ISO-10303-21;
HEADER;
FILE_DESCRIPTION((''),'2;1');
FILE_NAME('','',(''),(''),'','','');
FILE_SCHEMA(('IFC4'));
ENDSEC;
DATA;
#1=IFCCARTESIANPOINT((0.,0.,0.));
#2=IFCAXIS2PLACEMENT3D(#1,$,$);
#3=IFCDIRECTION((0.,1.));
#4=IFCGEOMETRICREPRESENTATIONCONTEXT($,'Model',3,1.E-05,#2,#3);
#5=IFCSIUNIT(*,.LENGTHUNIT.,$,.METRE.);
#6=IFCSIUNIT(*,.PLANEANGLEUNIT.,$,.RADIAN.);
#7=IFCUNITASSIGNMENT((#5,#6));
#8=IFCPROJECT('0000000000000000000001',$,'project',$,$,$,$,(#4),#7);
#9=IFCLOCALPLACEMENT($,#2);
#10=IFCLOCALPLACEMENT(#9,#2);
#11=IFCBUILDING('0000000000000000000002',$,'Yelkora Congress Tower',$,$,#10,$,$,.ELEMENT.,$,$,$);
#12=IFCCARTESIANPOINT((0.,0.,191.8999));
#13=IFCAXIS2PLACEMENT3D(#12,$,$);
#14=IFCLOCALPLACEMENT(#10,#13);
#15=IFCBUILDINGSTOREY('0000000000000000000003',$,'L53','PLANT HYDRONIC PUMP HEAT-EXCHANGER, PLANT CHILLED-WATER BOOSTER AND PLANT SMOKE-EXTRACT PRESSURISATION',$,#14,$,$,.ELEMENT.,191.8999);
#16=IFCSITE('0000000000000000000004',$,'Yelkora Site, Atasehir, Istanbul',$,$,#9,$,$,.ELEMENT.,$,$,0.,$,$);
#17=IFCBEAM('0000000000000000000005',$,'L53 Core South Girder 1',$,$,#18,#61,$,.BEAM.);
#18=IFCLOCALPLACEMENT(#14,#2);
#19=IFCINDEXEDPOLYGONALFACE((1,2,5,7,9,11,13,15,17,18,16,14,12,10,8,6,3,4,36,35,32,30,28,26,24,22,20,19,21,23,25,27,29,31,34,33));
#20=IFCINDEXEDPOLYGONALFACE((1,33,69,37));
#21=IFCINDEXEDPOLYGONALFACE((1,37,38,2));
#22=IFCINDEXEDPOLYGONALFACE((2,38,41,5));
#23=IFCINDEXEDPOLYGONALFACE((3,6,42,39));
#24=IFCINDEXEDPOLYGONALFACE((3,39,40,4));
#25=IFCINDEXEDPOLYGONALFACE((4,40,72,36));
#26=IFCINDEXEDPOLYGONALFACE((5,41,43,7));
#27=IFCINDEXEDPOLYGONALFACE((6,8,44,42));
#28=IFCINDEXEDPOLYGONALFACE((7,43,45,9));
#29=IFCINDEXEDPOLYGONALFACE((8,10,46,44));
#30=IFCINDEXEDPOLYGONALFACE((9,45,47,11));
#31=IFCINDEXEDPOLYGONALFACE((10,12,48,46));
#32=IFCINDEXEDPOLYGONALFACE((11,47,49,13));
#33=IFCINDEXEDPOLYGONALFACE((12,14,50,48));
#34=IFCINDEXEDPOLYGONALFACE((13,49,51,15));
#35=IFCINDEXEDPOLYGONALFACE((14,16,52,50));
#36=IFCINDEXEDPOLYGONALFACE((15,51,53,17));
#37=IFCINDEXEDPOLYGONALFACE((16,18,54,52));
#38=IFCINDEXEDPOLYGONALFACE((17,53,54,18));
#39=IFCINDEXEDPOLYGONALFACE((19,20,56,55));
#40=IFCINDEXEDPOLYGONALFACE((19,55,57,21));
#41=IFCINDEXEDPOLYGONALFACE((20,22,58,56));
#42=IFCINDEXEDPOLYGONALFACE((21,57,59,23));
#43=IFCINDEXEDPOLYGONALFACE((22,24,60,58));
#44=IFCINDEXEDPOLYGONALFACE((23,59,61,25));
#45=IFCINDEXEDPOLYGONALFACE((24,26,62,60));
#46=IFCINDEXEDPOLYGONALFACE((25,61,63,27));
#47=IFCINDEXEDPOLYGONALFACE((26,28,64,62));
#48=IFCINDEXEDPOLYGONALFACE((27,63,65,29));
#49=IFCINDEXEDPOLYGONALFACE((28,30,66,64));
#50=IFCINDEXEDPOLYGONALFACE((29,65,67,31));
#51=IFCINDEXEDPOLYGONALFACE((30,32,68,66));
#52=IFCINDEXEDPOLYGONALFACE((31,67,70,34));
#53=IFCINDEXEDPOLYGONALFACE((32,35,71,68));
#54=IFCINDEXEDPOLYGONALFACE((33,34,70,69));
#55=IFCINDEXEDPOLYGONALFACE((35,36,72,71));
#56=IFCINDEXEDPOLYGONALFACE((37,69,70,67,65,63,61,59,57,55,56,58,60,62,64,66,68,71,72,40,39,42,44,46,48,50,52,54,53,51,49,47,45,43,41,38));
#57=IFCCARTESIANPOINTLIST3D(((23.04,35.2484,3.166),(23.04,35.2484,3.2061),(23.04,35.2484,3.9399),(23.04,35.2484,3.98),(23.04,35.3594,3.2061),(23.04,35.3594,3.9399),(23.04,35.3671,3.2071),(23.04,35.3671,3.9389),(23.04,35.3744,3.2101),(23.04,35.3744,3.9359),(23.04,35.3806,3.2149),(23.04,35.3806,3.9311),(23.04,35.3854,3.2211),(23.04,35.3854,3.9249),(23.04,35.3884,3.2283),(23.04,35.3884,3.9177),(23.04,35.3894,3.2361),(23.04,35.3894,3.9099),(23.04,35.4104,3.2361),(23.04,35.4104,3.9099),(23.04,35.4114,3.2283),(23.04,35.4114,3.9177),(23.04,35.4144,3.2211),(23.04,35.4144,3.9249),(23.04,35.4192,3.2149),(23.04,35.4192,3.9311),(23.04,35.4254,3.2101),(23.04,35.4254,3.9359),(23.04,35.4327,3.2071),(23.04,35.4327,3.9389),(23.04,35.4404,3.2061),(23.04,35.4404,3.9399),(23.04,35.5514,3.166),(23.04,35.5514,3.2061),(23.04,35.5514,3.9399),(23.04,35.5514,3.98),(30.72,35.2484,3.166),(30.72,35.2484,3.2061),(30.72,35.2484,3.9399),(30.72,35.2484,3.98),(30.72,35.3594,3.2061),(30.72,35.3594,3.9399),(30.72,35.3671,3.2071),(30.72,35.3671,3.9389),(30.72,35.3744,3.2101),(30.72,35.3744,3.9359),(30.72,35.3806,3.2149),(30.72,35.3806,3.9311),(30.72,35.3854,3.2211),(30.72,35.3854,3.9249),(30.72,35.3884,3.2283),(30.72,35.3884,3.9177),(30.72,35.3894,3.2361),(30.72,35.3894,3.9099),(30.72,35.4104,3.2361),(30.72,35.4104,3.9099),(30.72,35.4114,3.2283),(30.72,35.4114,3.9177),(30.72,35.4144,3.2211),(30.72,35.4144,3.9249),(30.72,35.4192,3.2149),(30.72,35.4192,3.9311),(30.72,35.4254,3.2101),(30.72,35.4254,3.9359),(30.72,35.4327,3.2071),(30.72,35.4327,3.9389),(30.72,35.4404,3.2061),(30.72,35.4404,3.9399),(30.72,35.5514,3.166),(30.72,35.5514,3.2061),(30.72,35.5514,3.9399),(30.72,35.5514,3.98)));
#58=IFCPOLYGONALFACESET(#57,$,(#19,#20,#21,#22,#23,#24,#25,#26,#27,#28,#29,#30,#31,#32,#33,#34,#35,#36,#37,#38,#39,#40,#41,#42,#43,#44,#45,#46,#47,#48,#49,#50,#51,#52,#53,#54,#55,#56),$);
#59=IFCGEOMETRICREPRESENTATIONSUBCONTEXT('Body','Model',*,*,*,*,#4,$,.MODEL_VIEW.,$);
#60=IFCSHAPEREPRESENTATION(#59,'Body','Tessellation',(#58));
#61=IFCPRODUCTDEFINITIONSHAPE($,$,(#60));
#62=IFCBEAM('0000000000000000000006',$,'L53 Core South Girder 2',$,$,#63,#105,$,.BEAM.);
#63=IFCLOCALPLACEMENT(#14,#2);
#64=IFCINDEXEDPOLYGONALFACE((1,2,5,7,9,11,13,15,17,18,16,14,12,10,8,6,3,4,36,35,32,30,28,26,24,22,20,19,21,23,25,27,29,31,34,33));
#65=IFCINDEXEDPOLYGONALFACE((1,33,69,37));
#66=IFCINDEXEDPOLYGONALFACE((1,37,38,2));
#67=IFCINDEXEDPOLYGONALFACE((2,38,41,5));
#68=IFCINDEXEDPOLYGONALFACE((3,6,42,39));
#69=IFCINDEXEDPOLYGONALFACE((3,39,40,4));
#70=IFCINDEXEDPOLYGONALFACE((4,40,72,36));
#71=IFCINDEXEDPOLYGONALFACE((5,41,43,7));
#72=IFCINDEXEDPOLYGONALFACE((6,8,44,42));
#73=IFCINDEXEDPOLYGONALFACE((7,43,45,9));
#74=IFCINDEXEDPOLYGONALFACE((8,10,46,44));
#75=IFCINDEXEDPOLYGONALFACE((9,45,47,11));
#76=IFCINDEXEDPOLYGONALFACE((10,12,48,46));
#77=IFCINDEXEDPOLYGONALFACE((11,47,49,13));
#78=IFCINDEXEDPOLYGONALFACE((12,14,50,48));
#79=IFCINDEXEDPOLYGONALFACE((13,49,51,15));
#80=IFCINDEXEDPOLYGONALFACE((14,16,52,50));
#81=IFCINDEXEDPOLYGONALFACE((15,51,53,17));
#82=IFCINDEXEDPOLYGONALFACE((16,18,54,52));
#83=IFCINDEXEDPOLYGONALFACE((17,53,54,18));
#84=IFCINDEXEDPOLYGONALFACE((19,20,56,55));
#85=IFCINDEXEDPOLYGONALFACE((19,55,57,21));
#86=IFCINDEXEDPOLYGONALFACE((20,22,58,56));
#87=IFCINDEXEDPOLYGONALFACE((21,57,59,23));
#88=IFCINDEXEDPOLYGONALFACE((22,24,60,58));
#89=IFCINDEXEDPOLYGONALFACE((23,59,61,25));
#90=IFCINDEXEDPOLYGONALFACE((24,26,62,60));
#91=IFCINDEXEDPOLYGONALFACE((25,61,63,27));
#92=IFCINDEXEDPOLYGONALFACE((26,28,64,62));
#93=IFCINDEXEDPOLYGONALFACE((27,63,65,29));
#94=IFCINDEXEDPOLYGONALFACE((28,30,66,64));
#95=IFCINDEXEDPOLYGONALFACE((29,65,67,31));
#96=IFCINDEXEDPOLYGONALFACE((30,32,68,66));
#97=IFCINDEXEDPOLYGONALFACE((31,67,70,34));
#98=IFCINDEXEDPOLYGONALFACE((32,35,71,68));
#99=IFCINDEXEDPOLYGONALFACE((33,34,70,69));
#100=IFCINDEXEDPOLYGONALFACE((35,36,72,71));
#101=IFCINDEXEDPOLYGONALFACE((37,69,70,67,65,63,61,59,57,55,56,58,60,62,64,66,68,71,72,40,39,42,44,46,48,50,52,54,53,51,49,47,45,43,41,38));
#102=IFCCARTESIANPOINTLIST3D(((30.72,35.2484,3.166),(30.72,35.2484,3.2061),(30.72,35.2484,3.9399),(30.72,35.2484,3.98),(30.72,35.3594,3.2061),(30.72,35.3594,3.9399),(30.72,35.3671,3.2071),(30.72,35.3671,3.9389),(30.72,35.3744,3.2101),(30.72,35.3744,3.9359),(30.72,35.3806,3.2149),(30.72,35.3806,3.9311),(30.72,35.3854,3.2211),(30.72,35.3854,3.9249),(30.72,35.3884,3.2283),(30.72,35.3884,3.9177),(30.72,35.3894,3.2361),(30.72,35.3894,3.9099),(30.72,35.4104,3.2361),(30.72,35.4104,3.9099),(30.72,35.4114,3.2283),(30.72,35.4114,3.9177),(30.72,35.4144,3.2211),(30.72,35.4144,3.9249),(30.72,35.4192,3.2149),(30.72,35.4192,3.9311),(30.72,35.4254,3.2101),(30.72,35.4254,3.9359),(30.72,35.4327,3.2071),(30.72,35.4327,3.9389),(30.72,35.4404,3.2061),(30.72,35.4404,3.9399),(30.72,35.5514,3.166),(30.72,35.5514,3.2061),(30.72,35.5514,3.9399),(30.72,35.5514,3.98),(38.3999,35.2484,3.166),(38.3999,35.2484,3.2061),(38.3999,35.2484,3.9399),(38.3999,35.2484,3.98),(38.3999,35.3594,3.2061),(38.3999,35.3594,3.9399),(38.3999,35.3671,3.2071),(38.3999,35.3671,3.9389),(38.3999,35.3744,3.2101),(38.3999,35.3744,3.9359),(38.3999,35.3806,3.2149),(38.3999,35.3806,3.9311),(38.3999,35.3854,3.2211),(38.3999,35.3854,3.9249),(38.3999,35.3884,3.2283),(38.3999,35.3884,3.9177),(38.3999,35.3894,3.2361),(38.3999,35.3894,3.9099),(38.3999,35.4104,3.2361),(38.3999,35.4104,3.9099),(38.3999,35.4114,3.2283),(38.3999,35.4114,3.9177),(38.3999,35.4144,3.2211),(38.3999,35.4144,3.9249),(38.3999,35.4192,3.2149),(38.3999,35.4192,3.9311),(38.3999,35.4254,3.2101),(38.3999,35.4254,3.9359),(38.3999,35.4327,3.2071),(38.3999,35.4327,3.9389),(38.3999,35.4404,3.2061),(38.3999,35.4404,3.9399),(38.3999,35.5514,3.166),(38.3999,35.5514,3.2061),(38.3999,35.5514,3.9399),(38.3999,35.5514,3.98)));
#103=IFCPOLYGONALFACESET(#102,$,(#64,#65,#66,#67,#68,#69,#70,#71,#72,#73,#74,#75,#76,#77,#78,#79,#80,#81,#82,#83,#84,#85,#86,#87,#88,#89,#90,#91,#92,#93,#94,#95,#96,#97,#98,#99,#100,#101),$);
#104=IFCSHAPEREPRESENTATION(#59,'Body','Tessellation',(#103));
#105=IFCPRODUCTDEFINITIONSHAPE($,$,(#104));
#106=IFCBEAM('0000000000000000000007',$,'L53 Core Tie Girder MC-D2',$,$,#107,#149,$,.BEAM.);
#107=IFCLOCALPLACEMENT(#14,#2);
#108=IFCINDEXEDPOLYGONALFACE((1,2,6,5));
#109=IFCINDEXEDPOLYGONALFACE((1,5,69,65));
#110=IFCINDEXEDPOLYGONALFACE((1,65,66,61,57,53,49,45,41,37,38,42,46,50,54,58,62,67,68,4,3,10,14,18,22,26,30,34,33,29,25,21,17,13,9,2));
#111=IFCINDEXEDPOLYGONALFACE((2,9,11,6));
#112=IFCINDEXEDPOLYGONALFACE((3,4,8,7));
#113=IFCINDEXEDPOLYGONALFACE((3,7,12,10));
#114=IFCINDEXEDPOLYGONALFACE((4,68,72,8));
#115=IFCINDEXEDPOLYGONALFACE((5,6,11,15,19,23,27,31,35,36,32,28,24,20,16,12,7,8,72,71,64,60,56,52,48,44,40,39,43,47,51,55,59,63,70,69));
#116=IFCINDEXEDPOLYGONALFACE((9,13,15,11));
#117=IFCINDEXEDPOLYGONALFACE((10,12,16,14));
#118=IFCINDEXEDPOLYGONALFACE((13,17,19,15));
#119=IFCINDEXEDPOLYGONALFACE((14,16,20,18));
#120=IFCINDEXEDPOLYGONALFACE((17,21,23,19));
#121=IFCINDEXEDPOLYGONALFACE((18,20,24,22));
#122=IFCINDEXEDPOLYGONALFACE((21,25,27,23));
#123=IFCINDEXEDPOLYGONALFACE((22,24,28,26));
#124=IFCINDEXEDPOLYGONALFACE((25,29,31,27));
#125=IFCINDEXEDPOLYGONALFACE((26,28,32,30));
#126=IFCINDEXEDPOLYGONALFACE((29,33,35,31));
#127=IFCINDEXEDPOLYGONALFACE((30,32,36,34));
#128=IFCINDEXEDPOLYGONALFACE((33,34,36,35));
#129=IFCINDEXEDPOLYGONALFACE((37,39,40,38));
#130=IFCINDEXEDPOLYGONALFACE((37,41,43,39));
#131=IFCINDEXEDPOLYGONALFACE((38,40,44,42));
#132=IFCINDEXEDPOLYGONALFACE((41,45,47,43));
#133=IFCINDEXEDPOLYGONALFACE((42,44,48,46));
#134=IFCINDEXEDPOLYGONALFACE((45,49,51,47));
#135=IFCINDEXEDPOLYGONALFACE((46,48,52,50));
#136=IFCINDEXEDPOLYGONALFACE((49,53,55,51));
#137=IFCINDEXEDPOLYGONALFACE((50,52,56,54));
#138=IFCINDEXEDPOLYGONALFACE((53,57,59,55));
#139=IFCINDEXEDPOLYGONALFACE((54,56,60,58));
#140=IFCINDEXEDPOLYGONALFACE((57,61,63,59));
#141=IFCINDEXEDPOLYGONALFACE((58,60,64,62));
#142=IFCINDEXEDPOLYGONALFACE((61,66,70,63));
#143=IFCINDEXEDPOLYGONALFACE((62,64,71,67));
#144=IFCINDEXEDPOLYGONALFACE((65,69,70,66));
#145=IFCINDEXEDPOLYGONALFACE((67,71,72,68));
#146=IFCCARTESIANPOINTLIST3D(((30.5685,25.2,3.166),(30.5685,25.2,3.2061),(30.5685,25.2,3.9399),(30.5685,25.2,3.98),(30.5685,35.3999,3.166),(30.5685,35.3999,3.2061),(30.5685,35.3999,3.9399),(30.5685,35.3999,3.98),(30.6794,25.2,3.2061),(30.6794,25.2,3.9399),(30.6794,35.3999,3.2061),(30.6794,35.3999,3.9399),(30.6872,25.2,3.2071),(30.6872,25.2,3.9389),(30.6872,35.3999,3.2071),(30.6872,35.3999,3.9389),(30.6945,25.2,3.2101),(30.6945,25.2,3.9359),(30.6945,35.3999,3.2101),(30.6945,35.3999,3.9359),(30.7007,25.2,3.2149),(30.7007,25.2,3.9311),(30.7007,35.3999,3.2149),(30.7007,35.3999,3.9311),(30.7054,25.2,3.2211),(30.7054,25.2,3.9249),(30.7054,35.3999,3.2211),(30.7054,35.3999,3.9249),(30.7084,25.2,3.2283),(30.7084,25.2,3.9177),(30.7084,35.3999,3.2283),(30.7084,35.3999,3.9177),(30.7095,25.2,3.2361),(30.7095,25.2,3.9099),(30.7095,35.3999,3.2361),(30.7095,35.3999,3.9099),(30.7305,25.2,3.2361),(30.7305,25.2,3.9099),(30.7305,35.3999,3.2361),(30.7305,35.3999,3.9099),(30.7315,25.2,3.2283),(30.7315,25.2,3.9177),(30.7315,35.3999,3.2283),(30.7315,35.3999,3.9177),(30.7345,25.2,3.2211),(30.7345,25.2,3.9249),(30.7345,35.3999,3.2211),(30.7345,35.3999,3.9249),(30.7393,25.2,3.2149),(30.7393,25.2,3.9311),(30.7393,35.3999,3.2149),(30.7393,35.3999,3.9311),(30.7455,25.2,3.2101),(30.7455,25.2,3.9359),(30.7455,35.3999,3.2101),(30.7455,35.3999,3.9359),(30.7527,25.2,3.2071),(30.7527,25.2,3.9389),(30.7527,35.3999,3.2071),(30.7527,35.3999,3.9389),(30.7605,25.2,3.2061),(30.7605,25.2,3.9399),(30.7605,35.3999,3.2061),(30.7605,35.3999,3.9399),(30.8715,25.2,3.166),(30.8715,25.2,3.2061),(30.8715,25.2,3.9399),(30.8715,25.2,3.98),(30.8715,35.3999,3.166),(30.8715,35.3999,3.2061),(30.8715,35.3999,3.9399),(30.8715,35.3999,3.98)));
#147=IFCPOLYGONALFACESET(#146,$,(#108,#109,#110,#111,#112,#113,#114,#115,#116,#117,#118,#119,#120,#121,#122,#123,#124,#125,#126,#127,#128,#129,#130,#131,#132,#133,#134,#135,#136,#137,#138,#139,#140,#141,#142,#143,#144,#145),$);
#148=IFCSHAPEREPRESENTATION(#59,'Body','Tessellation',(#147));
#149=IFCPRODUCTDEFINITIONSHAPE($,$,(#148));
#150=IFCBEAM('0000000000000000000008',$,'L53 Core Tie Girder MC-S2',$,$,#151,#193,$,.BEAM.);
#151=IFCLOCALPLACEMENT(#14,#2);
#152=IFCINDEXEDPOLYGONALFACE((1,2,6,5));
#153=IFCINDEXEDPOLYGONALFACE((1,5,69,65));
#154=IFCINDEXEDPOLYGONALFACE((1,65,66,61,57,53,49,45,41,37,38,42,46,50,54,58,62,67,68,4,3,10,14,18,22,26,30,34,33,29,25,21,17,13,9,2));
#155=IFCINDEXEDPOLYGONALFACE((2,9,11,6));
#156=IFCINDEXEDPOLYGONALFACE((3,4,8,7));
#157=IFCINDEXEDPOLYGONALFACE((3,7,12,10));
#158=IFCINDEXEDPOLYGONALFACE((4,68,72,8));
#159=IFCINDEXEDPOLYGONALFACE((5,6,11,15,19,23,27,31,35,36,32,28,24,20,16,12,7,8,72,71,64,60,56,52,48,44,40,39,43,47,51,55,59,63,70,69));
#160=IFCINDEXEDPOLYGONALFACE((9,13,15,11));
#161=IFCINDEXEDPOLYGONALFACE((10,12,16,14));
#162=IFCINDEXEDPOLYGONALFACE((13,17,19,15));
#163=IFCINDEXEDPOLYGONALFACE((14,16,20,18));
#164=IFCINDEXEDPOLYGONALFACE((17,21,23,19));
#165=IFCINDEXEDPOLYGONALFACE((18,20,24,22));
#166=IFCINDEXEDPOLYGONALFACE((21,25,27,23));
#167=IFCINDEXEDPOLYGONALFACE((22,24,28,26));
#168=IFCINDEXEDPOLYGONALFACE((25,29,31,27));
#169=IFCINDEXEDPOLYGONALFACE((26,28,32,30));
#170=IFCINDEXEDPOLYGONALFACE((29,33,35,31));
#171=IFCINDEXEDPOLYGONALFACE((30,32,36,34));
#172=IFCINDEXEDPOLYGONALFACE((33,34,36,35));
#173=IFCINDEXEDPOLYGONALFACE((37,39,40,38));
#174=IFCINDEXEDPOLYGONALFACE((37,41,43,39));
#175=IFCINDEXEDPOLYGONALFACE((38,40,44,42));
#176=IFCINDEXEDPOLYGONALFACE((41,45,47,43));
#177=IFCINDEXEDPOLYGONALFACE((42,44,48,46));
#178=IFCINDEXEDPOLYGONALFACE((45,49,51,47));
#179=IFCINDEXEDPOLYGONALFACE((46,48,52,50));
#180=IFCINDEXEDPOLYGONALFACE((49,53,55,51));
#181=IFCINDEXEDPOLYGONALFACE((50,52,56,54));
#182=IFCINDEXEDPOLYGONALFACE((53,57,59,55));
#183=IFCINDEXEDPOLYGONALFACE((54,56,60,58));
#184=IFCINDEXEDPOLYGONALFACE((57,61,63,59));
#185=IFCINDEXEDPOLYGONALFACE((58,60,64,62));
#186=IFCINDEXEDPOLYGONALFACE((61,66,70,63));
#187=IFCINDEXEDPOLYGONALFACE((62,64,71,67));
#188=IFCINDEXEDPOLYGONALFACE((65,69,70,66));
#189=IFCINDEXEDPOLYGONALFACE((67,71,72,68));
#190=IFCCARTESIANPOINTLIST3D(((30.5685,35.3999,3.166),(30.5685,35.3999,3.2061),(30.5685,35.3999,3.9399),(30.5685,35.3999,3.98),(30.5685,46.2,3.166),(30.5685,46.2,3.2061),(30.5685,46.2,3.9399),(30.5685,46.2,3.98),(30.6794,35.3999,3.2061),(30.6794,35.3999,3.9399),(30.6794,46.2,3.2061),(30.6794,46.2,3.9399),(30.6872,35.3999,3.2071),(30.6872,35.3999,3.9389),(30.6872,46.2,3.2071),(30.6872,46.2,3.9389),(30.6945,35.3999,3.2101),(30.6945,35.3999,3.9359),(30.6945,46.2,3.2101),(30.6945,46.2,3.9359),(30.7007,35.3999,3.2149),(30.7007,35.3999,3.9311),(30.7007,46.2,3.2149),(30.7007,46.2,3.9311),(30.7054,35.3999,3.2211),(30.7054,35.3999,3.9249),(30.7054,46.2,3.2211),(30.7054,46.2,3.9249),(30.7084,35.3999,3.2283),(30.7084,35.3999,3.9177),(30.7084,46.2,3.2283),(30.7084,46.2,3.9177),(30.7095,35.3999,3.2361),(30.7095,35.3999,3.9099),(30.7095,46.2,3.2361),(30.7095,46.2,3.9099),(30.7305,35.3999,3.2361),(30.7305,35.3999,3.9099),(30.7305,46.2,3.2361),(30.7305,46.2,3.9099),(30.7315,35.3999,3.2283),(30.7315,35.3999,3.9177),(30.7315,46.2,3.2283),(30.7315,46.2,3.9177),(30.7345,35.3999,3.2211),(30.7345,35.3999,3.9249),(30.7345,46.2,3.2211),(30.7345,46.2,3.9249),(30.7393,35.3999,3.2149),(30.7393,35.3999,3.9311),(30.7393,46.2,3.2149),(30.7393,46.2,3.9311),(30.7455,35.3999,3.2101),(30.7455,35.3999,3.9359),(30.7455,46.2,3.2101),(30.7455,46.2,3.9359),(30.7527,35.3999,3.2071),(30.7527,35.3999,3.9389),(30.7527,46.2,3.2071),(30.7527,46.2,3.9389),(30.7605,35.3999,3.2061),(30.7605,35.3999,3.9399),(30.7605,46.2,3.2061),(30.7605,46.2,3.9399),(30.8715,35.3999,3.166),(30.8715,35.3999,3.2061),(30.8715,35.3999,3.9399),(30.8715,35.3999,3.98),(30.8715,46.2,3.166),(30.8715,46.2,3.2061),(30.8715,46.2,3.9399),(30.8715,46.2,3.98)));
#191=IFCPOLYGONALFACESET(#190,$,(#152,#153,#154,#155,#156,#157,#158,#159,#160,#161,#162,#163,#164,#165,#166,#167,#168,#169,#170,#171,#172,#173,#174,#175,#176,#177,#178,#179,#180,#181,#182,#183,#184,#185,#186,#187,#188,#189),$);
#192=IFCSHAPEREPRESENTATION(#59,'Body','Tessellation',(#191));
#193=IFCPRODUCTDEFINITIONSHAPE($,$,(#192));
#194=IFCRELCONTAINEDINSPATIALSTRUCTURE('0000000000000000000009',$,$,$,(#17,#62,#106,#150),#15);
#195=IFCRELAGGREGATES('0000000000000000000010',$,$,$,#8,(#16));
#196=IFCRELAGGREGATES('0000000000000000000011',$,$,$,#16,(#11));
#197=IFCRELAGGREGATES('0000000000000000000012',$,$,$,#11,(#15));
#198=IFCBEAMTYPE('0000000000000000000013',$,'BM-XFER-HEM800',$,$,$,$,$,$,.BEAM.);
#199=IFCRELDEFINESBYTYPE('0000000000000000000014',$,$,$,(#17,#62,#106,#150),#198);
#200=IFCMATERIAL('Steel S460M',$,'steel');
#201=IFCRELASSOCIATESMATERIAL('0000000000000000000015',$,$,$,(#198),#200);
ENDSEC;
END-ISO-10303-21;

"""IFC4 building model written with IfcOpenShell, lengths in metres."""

from ifc_helpers import new_model, si_unit, direction, frame, origin, origin_2d, place, context, subcontext, project, spatial, i_section, extrude, material, material_profile, profile_set, type_object, element, save


model = new_model("IFC4")

# Units and contexts
model_context = context("Model", 3, precision=1e-05, world=origin(), true_north=direction((0.0, 1.0)))
body_context = subcontext(model_context, "Body", "Model", "MODEL_VIEW")
ifc_project = project(units=[si_unit("LENGTHUNIT", "METRE"), si_unit("PLANEANGLEUNIT", "RADIAN")], contexts=[model_context])

# Site, building, storey
site_placement = place(None, origin())
site = spatial("IfcSite", under=ifc_project, at=site_placement, Name="Yelkora Site, Atasehir, Istanbul", CompositionType="ELEMENT", RefElevation=0.0)
building_placement = place(site_placement, origin())
building = spatial("IfcBuilding", under=site, at=building_placement, Name="Yelkora Congress Tower", CompositionType="ELEMENT")
storey_placement = place(building_placement, frame((0.0, 0.0, 191.8999)))
storey = spatial("IfcBuildingStorey", under=building, at=storey_placement, Name="L53", Description="PLANT HYDRONIC PUMP HEAT-EXCHANGER, PLANT CHILLED-WATER BOOSTER AND PLANT SMOKE-EXTRACT PRESSURISATION", CompositionType="ELEMENT", Elevation=191.8999)

# Shared definitions
ifc_material_1 = material(Name="Steel S460M", Category="steel")

# Beams
ifc_material_profile_1 = material_profile(ifc_material_1, i_section(OverallWidth=0.303, OverallDepth=0.814, WebThickness=0.021, FlangeThickness=0.04, FilletRadius=0.03, at=origin_2d()), Name="HEM 800")
ifc_profile_set_1 = profile_set([ifc_material_profile_1], Name="Steel S460M")
beam_type = type_object("IfcBeamType", Name="BM-XFER-HEM800", PredefinedType="BEAM", material=ifc_profile_set_1)
for number, where, z_axis, x_axis, name in (
    (1, (23.04, 35.3999, 3.573), (1.0, 0.0, 0.0), (0.0, 1.0, 0.0), "L53 Core South Girder 1"),
    (2, (30.72, 35.3999, 3.573), (1.0, 0.0, 0.0), (0.0, 1.0, 0.0), "L53 Core South Girder 2"),
):
    element("IfcBeam", number, at=place(storey_placement, frame(where, z_axis=z_axis, x_axis=x_axis)), inside=storey, type_object=beam_type, Name=name, PredefinedType="BEAM", context=body_context, shape_type="SweptSolid", body=[
        extrude(i_section(OverallWidth=0.303, OverallDepth=0.814, WebThickness=0.021, FlangeThickness=0.04, FilletRadius=0.03, at=origin_2d()), origin(), (0.0, 0.0, 1.0), 7.6799),
    ])
beam_1_placement = place(storey_placement, frame((30.72, 25.2, 3.573), z_axis=(0.0, 1.0, 0.0), x_axis=(-1.0, 0.0, 0.0)))
element("IfcBeam", 3, at=beam_1_placement, inside=storey, type_object=beam_type, Name="L53 Core Tie Girder MC-D2", PredefinedType="BEAM", context=body_context, shape_type="SweptSolid", body=[
    extrude(i_section(OverallWidth=0.303, OverallDepth=0.814, WebThickness=0.021, FlangeThickness=0.04, FilletRadius=0.03, at=origin_2d()), origin(), (0.0, 0.0, 1.0), 10.2),
])
beam_2_placement = place(storey_placement, frame((30.72, 35.3999, 3.573), z_axis=(0.0, 1.0, 0.0), x_axis=(-1.0, 0.0, 0.0)))
element("IfcBeam", 4, at=beam_2_placement, inside=storey, type_object=beam_type, Name="L53 Core Tie Girder MC-S2", PredefinedType="BEAM", context=body_context, shape_type="SweptSolid", body=[
    extrude(i_section(OverallWidth=0.303, OverallDepth=0.814, WebThickness=0.021, FlangeThickness=0.04, FilletRadius=0.03, at=origin_2d()), origin(), (0.0, 0.0, 1.0), 10.8),
])

save(model, "model.ifc")
